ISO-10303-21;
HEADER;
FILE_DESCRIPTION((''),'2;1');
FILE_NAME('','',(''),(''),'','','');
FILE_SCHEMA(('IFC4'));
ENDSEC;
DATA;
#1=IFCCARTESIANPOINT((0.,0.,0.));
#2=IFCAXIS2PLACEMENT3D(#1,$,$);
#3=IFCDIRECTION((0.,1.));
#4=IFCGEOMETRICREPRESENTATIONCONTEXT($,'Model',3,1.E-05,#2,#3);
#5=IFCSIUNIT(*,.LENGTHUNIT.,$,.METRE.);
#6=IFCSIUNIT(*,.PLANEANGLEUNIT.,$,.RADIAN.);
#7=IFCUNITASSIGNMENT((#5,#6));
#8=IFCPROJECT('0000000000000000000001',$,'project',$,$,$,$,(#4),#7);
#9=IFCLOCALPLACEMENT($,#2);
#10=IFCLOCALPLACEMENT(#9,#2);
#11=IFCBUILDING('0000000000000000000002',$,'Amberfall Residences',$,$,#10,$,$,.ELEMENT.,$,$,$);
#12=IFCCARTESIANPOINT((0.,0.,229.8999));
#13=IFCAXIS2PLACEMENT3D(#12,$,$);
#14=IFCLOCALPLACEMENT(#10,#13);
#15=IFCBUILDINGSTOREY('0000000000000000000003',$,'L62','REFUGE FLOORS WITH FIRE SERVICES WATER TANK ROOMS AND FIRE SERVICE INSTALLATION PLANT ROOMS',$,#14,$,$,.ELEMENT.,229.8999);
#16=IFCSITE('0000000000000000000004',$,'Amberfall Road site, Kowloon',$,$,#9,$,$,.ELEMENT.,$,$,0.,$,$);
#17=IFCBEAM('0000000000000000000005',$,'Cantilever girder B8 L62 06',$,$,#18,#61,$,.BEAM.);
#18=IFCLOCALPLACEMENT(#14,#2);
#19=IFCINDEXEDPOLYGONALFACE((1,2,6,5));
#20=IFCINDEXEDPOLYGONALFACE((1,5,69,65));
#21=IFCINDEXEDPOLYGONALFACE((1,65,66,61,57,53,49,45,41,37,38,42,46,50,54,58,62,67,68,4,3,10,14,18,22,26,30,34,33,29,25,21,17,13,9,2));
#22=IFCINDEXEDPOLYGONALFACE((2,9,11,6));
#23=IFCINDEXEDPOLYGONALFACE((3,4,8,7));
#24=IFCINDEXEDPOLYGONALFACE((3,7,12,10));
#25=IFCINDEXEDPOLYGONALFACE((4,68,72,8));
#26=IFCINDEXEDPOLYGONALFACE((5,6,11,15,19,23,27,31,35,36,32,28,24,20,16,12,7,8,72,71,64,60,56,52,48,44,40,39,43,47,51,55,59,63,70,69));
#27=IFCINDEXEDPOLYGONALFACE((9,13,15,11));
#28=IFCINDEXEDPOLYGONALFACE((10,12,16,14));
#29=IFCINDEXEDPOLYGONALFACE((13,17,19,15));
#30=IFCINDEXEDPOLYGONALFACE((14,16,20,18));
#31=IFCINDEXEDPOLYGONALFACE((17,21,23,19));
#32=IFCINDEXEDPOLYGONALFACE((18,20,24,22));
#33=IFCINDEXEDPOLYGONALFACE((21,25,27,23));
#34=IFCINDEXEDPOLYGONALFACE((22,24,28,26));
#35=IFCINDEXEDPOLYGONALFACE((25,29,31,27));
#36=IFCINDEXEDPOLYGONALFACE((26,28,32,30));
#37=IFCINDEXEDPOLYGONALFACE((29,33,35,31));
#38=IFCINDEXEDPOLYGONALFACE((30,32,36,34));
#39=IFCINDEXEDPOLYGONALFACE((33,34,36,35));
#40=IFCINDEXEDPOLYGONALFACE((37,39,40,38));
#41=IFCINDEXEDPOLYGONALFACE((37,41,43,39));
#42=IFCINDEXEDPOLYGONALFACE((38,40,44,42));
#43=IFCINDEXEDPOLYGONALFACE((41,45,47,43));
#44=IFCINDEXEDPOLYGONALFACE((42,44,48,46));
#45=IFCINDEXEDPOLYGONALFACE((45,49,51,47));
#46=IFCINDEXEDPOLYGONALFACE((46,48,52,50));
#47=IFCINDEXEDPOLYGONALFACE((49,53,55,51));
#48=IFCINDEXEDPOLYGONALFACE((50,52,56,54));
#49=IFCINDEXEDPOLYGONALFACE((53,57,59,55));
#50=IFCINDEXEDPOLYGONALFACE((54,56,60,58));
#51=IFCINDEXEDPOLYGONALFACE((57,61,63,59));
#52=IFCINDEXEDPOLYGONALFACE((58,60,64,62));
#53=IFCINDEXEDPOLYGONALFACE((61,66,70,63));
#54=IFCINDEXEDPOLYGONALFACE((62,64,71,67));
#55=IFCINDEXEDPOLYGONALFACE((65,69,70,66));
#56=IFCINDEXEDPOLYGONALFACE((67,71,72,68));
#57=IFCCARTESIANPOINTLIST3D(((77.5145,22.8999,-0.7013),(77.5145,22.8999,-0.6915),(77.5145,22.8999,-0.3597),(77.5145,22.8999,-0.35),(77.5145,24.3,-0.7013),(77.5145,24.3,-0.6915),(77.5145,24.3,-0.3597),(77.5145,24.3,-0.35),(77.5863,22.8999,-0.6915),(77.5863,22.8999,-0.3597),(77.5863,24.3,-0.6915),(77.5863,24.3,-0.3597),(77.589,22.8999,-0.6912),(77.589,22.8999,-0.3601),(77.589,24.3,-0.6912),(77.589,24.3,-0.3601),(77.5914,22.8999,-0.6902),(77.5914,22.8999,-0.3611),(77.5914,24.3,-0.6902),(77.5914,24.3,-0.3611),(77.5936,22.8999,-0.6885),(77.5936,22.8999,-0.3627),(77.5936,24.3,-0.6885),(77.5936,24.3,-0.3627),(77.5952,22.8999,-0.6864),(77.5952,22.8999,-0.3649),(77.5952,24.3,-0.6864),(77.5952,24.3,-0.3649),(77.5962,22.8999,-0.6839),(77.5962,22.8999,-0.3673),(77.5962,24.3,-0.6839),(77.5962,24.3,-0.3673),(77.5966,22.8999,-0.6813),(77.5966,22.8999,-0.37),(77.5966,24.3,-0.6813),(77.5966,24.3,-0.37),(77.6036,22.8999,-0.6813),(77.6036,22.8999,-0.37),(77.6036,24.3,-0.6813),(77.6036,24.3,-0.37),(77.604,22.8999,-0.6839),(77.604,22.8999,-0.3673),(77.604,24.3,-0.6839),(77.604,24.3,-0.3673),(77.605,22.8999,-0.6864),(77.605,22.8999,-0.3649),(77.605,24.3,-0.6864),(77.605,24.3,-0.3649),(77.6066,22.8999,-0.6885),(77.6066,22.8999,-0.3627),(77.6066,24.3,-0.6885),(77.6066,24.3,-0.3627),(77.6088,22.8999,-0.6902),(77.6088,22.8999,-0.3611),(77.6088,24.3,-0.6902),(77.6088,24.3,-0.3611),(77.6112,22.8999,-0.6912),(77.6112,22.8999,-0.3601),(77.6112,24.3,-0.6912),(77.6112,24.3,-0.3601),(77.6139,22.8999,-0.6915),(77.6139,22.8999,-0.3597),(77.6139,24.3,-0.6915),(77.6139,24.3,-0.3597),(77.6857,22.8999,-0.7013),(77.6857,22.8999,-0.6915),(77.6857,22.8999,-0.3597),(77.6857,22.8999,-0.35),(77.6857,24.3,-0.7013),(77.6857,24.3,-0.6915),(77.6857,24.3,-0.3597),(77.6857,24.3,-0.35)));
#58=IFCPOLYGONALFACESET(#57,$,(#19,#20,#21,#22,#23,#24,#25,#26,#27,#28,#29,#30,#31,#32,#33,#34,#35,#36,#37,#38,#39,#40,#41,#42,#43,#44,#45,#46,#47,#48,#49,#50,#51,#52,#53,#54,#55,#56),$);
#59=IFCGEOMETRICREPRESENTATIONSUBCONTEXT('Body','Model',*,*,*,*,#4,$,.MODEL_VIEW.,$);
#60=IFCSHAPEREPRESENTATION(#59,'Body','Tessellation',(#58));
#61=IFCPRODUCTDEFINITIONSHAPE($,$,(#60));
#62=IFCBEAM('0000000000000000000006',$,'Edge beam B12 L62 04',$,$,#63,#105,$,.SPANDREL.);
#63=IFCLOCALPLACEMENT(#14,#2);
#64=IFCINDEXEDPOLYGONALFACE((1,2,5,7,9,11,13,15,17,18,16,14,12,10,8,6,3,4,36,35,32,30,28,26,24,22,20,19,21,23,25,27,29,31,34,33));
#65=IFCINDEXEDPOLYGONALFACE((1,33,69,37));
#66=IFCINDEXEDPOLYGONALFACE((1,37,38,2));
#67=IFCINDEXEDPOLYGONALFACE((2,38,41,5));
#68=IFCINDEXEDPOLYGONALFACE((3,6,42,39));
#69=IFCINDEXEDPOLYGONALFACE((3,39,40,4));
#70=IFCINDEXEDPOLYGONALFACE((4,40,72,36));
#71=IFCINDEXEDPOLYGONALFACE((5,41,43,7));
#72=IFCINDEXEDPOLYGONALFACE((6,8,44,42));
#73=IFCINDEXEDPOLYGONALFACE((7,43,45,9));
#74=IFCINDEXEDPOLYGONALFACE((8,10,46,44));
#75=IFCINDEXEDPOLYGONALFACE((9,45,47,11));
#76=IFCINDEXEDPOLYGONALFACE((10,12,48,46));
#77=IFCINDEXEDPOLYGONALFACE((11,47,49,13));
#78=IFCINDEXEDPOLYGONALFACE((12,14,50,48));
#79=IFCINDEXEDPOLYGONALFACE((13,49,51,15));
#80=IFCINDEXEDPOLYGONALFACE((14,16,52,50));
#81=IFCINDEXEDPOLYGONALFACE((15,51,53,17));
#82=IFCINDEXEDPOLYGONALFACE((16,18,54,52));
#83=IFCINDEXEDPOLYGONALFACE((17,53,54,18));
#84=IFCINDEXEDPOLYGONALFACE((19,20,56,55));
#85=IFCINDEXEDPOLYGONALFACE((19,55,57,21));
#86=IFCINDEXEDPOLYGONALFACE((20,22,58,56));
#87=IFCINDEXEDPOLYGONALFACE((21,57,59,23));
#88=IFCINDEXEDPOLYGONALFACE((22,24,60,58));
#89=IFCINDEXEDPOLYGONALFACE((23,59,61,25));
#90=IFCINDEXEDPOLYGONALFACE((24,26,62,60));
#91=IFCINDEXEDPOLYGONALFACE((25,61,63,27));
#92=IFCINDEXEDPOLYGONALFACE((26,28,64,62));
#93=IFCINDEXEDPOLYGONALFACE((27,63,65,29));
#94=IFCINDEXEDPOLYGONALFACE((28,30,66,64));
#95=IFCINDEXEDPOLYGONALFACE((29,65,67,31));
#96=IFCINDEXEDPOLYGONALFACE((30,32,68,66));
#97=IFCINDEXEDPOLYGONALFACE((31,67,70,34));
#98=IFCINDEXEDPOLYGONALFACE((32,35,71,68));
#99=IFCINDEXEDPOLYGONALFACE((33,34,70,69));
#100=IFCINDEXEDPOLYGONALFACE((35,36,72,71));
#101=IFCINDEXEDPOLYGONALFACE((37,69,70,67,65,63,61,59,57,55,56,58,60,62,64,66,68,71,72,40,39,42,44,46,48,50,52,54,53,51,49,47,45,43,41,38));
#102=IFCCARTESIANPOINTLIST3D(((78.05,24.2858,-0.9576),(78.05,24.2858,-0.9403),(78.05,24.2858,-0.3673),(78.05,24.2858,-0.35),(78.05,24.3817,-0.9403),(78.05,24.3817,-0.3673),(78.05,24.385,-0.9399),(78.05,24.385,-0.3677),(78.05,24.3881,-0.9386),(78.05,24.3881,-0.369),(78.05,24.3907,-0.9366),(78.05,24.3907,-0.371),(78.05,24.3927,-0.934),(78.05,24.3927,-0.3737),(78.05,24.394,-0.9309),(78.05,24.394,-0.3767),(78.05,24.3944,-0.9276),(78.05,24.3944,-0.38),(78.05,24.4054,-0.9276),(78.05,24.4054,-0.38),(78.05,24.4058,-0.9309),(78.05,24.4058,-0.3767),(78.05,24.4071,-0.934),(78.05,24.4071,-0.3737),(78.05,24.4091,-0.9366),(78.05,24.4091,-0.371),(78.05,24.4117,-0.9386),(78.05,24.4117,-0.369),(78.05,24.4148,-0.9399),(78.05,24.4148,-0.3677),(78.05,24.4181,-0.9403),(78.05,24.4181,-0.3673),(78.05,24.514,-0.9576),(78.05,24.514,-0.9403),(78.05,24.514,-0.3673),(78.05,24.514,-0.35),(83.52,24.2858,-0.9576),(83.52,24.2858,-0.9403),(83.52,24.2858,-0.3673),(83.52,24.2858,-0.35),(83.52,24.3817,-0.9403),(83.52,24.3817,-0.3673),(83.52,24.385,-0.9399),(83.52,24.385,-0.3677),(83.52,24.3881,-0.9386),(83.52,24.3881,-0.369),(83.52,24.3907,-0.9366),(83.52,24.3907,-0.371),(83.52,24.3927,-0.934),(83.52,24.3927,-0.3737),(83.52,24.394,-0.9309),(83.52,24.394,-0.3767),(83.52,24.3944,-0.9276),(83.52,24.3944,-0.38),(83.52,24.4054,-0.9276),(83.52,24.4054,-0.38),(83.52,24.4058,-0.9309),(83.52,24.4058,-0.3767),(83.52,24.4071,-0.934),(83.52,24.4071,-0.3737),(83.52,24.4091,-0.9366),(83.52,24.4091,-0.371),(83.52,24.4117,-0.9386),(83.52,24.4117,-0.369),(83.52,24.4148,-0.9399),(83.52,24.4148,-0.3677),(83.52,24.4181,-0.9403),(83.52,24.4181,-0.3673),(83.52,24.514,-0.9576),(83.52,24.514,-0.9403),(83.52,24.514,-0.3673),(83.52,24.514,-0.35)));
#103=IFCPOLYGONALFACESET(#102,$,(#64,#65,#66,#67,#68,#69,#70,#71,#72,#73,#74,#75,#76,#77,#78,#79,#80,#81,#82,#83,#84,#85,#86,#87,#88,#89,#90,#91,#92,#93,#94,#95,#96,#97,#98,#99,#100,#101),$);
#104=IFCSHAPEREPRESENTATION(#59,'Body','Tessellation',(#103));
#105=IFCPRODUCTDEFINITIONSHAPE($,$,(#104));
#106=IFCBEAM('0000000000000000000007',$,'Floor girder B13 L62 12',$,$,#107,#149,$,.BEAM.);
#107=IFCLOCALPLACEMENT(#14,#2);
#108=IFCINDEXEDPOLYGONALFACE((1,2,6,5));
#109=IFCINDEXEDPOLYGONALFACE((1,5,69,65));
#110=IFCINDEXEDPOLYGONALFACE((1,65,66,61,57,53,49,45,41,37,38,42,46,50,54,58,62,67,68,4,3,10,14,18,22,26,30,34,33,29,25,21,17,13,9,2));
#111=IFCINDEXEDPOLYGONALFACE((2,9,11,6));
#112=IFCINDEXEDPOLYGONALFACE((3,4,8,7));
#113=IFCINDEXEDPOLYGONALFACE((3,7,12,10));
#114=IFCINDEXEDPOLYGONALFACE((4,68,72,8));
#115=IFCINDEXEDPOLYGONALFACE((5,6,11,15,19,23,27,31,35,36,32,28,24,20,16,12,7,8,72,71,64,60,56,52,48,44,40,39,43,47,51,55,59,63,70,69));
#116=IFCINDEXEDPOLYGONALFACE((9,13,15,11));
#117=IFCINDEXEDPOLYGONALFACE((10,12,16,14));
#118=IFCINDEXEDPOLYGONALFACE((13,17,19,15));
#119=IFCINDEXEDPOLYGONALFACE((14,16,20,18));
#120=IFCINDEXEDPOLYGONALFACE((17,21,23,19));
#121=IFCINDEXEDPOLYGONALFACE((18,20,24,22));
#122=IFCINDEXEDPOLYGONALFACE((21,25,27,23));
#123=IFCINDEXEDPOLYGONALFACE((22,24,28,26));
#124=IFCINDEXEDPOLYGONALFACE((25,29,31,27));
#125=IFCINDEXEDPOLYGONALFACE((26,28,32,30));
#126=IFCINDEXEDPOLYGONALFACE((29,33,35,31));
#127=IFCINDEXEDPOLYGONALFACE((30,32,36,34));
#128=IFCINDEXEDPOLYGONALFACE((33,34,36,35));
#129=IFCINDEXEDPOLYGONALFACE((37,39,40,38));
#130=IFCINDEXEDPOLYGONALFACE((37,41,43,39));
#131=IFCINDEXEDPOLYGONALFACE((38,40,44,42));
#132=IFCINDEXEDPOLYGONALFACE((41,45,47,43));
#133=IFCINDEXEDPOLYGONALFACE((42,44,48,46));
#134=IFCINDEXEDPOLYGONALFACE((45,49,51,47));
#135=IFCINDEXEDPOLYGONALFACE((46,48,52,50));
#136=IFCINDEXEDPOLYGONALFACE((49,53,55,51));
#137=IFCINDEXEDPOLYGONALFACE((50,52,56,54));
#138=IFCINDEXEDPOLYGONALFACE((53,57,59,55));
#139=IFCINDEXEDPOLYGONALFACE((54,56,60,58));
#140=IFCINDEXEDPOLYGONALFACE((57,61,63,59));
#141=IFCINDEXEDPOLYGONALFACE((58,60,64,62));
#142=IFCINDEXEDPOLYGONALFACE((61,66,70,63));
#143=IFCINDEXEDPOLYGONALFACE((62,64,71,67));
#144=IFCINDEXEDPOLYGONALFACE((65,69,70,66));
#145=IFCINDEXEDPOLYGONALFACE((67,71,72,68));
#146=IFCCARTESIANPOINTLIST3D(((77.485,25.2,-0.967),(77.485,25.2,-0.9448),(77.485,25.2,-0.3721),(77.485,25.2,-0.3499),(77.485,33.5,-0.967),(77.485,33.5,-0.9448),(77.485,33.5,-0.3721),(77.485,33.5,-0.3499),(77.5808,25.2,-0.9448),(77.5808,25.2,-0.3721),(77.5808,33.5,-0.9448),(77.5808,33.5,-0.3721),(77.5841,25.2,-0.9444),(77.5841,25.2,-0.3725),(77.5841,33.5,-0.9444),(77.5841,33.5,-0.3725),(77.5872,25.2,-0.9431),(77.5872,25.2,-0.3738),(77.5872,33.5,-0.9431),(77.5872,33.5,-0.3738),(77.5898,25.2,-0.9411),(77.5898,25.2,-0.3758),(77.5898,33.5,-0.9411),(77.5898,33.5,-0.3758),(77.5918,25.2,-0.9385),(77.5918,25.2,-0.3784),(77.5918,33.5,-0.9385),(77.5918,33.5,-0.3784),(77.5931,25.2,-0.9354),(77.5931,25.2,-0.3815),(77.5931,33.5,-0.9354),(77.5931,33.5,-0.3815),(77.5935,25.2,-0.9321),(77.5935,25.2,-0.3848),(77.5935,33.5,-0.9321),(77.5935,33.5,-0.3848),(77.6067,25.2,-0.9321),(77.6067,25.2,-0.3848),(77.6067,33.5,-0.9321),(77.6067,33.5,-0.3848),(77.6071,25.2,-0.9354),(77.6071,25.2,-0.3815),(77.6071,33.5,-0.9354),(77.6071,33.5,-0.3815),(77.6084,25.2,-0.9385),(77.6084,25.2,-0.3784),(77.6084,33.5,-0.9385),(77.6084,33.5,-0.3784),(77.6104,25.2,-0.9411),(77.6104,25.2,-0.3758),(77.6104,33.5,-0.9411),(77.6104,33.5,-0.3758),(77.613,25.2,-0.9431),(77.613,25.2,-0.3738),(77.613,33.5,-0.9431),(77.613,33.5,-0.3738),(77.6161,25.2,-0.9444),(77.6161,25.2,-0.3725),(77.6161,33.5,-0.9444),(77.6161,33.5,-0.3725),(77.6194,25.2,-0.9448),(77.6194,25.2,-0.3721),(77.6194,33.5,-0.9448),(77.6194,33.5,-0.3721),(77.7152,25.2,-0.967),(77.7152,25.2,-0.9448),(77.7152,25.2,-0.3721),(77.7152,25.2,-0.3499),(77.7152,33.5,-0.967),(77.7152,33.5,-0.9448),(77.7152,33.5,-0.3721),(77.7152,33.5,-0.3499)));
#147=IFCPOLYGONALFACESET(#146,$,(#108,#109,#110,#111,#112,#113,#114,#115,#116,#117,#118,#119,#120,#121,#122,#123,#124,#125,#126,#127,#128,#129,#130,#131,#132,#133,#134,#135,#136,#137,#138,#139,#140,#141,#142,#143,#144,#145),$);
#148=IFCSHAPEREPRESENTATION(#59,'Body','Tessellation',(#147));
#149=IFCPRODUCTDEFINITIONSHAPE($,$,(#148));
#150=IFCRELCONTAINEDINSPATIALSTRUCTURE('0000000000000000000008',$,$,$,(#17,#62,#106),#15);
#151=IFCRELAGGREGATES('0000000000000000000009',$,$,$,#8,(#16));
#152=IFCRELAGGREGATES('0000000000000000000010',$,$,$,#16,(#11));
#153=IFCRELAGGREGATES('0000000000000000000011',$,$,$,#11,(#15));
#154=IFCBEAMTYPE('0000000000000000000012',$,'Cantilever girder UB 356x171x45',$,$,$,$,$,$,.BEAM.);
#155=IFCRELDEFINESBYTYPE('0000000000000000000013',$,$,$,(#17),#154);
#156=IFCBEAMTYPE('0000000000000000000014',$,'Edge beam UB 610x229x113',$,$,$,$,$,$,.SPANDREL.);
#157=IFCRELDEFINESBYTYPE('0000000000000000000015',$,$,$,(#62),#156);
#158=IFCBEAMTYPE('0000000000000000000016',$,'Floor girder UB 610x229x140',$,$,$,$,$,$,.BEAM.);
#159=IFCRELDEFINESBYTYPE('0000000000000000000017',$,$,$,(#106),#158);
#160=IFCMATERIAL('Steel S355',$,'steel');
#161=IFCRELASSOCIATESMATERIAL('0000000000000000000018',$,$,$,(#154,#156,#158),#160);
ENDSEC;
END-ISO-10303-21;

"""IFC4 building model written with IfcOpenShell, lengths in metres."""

from ifc_helpers import new_model, si_unit, direction, frame, origin, origin_2d, place, context, subcontext, project, spatial, i_section, extrude, material, material_profile, profile_set, type_object, element, save


model = new_model("IFC4")

# Units and contexts
model_context = context("Model", 3, precision=1e-05, world=origin(), true_north=direction((0.0, 1.0)))
body_context = subcontext(model_context, "Body", "Model", "MODEL_VIEW")
ifc_project = project(units=[si_unit("LENGTHUNIT", "METRE"), si_unit("PLANEANGLEUNIT", "RADIAN")], contexts=[model_context])

# Site, building, storey
site_placement = place(None, origin())
site = spatial("IfcSite", under=ifc_project, at=site_placement, Name="Amberfall Road site, Kowloon", CompositionType="ELEMENT", RefElevation=0.0)
building_placement = place(site_placement, origin())
building = spatial("IfcBuilding", under=site, at=building_placement, Name="Amberfall Residences", CompositionType="ELEMENT")
storey_placement = place(building_placement, frame((0.0, 0.0, 229.8999)))
storey = spatial("IfcBuildingStorey", under=building, at=storey_placement, Name="L62", Description="REFUGE FLOORS WITH FIRE SERVICES WATER TANK ROOMS AND FIRE SERVICE INSTALLATION PLANT ROOMS", CompositionType="ELEMENT", Elevation=229.8999)

# Shared definitions
ifc_material_1 = material(Name="Steel S355", Category="steel")

# Beams
ifc_material_profile_1 = material_profile(ifc_material_1, i_section(OverallWidth=0.1711, OverallDepth=0.3513, WebThickness=0.0071, FlangeThickness=0.0098, FilletRadius=0.0103, at=origin_2d()), Name="UB 356x171x45")
ifc_profile_set_1 = profile_set([ifc_material_profile_1], Name="Steel S355")
beam_type_1 = type_object("IfcBeamType", Name="Cantilever girder UB 356x171x45", PredefinedType="BEAM", material=ifc_profile_set_1)
beam_1_placement = place(storey_placement, frame((77.6001, 24.3, -0.5256), z_axis=(0.0, -1.0, 0.0), x_axis=(1.0, 0.0, 0.0)))
element("IfcBeam", 1, at=beam_1_placement, inside=storey, type_object=beam_type_1, Name="Cantilever girder B8 L62 06", PredefinedType="BEAM", context=body_context, shape_type="SweptSolid", body=[
    extrude(i_section(OverallWidth=0.1711, OverallDepth=0.3513, WebThickness=0.0071, FlangeThickness=0.0098, FilletRadius=0.0103, at=origin_2d()), origin(), (0.0, 0.0, 1.0), 1.4001),
])
ifc_material_profile_2 = material_profile(ifc_material_1, i_section(OverallWidth=0.2283, OverallDepth=0.6077, WebThickness=0.011, FlangeThickness=0.0173, FilletRadius=0.0127, at=origin_2d()), Name="UB 610x229x113")
ifc_profile_set_2 = profile_set([ifc_material_profile_2], Name="Steel S355")
beam_type_2 = type_object("IfcBeamType", Name="Edge beam UB 610x229x113", PredefinedType="SPANDREL", material=ifc_profile_set_2)
beam_2_placement = place(storey_placement, frame((78.05, 24.3999, -0.6538), z_axis=(1.0, 0.0, 0.0), x_axis=(0.0, 1.0, 0.0)))
element("IfcBeam", 2, at=beam_2_placement, inside=storey, type_object=beam_type_2, Name="Edge beam B12 L62 04", PredefinedType="SPANDREL", context=body_context, shape_type="SweptSolid", body=[
    extrude(i_section(OverallWidth=0.2283, OverallDepth=0.6077, WebThickness=0.011, FlangeThickness=0.0173, FilletRadius=0.0127, at=origin_2d()), origin(), (0.0, 0.0, 1.0), 5.47),
])
ifc_material_profile_3 = material_profile(ifc_material_1, i_section(OverallWidth=0.2302, OverallDepth=0.6172, WebThickness=0.0132, FlangeThickness=0.0222, FilletRadius=0.0127, at=origin_2d()), Name="UB 610x229x140")
ifc_profile_set_3 = profile_set([ifc_material_profile_3], Name="Steel S355")
beam_type_3 = type_object("IfcBeamType", Name="Floor girder UB 610x229x140", PredefinedType="BEAM", material=ifc_profile_set_3)
beam_3_placement = place(storey_placement, frame((77.6001, 25.2, -0.6584), z_axis=(0.0, 1.0, 0.0), x_axis=(-1.0, 0.0, 0.0)))
element("IfcBeam", 3, at=beam_3_placement, inside=storey, type_object=beam_type_3, Name="Floor girder B13 L62 12", PredefinedType="BEAM", context=body_context, shape_type="SweptSolid", body=[
    extrude(i_section(OverallWidth=0.2302, OverallDepth=0.6172, WebThickness=0.0132, FlangeThickness=0.0222, FilletRadius=0.0127, at=origin_2d()), origin(), (0.0, 0.0, 1.0), 8.3),
])

save(model, "model.ifc")
